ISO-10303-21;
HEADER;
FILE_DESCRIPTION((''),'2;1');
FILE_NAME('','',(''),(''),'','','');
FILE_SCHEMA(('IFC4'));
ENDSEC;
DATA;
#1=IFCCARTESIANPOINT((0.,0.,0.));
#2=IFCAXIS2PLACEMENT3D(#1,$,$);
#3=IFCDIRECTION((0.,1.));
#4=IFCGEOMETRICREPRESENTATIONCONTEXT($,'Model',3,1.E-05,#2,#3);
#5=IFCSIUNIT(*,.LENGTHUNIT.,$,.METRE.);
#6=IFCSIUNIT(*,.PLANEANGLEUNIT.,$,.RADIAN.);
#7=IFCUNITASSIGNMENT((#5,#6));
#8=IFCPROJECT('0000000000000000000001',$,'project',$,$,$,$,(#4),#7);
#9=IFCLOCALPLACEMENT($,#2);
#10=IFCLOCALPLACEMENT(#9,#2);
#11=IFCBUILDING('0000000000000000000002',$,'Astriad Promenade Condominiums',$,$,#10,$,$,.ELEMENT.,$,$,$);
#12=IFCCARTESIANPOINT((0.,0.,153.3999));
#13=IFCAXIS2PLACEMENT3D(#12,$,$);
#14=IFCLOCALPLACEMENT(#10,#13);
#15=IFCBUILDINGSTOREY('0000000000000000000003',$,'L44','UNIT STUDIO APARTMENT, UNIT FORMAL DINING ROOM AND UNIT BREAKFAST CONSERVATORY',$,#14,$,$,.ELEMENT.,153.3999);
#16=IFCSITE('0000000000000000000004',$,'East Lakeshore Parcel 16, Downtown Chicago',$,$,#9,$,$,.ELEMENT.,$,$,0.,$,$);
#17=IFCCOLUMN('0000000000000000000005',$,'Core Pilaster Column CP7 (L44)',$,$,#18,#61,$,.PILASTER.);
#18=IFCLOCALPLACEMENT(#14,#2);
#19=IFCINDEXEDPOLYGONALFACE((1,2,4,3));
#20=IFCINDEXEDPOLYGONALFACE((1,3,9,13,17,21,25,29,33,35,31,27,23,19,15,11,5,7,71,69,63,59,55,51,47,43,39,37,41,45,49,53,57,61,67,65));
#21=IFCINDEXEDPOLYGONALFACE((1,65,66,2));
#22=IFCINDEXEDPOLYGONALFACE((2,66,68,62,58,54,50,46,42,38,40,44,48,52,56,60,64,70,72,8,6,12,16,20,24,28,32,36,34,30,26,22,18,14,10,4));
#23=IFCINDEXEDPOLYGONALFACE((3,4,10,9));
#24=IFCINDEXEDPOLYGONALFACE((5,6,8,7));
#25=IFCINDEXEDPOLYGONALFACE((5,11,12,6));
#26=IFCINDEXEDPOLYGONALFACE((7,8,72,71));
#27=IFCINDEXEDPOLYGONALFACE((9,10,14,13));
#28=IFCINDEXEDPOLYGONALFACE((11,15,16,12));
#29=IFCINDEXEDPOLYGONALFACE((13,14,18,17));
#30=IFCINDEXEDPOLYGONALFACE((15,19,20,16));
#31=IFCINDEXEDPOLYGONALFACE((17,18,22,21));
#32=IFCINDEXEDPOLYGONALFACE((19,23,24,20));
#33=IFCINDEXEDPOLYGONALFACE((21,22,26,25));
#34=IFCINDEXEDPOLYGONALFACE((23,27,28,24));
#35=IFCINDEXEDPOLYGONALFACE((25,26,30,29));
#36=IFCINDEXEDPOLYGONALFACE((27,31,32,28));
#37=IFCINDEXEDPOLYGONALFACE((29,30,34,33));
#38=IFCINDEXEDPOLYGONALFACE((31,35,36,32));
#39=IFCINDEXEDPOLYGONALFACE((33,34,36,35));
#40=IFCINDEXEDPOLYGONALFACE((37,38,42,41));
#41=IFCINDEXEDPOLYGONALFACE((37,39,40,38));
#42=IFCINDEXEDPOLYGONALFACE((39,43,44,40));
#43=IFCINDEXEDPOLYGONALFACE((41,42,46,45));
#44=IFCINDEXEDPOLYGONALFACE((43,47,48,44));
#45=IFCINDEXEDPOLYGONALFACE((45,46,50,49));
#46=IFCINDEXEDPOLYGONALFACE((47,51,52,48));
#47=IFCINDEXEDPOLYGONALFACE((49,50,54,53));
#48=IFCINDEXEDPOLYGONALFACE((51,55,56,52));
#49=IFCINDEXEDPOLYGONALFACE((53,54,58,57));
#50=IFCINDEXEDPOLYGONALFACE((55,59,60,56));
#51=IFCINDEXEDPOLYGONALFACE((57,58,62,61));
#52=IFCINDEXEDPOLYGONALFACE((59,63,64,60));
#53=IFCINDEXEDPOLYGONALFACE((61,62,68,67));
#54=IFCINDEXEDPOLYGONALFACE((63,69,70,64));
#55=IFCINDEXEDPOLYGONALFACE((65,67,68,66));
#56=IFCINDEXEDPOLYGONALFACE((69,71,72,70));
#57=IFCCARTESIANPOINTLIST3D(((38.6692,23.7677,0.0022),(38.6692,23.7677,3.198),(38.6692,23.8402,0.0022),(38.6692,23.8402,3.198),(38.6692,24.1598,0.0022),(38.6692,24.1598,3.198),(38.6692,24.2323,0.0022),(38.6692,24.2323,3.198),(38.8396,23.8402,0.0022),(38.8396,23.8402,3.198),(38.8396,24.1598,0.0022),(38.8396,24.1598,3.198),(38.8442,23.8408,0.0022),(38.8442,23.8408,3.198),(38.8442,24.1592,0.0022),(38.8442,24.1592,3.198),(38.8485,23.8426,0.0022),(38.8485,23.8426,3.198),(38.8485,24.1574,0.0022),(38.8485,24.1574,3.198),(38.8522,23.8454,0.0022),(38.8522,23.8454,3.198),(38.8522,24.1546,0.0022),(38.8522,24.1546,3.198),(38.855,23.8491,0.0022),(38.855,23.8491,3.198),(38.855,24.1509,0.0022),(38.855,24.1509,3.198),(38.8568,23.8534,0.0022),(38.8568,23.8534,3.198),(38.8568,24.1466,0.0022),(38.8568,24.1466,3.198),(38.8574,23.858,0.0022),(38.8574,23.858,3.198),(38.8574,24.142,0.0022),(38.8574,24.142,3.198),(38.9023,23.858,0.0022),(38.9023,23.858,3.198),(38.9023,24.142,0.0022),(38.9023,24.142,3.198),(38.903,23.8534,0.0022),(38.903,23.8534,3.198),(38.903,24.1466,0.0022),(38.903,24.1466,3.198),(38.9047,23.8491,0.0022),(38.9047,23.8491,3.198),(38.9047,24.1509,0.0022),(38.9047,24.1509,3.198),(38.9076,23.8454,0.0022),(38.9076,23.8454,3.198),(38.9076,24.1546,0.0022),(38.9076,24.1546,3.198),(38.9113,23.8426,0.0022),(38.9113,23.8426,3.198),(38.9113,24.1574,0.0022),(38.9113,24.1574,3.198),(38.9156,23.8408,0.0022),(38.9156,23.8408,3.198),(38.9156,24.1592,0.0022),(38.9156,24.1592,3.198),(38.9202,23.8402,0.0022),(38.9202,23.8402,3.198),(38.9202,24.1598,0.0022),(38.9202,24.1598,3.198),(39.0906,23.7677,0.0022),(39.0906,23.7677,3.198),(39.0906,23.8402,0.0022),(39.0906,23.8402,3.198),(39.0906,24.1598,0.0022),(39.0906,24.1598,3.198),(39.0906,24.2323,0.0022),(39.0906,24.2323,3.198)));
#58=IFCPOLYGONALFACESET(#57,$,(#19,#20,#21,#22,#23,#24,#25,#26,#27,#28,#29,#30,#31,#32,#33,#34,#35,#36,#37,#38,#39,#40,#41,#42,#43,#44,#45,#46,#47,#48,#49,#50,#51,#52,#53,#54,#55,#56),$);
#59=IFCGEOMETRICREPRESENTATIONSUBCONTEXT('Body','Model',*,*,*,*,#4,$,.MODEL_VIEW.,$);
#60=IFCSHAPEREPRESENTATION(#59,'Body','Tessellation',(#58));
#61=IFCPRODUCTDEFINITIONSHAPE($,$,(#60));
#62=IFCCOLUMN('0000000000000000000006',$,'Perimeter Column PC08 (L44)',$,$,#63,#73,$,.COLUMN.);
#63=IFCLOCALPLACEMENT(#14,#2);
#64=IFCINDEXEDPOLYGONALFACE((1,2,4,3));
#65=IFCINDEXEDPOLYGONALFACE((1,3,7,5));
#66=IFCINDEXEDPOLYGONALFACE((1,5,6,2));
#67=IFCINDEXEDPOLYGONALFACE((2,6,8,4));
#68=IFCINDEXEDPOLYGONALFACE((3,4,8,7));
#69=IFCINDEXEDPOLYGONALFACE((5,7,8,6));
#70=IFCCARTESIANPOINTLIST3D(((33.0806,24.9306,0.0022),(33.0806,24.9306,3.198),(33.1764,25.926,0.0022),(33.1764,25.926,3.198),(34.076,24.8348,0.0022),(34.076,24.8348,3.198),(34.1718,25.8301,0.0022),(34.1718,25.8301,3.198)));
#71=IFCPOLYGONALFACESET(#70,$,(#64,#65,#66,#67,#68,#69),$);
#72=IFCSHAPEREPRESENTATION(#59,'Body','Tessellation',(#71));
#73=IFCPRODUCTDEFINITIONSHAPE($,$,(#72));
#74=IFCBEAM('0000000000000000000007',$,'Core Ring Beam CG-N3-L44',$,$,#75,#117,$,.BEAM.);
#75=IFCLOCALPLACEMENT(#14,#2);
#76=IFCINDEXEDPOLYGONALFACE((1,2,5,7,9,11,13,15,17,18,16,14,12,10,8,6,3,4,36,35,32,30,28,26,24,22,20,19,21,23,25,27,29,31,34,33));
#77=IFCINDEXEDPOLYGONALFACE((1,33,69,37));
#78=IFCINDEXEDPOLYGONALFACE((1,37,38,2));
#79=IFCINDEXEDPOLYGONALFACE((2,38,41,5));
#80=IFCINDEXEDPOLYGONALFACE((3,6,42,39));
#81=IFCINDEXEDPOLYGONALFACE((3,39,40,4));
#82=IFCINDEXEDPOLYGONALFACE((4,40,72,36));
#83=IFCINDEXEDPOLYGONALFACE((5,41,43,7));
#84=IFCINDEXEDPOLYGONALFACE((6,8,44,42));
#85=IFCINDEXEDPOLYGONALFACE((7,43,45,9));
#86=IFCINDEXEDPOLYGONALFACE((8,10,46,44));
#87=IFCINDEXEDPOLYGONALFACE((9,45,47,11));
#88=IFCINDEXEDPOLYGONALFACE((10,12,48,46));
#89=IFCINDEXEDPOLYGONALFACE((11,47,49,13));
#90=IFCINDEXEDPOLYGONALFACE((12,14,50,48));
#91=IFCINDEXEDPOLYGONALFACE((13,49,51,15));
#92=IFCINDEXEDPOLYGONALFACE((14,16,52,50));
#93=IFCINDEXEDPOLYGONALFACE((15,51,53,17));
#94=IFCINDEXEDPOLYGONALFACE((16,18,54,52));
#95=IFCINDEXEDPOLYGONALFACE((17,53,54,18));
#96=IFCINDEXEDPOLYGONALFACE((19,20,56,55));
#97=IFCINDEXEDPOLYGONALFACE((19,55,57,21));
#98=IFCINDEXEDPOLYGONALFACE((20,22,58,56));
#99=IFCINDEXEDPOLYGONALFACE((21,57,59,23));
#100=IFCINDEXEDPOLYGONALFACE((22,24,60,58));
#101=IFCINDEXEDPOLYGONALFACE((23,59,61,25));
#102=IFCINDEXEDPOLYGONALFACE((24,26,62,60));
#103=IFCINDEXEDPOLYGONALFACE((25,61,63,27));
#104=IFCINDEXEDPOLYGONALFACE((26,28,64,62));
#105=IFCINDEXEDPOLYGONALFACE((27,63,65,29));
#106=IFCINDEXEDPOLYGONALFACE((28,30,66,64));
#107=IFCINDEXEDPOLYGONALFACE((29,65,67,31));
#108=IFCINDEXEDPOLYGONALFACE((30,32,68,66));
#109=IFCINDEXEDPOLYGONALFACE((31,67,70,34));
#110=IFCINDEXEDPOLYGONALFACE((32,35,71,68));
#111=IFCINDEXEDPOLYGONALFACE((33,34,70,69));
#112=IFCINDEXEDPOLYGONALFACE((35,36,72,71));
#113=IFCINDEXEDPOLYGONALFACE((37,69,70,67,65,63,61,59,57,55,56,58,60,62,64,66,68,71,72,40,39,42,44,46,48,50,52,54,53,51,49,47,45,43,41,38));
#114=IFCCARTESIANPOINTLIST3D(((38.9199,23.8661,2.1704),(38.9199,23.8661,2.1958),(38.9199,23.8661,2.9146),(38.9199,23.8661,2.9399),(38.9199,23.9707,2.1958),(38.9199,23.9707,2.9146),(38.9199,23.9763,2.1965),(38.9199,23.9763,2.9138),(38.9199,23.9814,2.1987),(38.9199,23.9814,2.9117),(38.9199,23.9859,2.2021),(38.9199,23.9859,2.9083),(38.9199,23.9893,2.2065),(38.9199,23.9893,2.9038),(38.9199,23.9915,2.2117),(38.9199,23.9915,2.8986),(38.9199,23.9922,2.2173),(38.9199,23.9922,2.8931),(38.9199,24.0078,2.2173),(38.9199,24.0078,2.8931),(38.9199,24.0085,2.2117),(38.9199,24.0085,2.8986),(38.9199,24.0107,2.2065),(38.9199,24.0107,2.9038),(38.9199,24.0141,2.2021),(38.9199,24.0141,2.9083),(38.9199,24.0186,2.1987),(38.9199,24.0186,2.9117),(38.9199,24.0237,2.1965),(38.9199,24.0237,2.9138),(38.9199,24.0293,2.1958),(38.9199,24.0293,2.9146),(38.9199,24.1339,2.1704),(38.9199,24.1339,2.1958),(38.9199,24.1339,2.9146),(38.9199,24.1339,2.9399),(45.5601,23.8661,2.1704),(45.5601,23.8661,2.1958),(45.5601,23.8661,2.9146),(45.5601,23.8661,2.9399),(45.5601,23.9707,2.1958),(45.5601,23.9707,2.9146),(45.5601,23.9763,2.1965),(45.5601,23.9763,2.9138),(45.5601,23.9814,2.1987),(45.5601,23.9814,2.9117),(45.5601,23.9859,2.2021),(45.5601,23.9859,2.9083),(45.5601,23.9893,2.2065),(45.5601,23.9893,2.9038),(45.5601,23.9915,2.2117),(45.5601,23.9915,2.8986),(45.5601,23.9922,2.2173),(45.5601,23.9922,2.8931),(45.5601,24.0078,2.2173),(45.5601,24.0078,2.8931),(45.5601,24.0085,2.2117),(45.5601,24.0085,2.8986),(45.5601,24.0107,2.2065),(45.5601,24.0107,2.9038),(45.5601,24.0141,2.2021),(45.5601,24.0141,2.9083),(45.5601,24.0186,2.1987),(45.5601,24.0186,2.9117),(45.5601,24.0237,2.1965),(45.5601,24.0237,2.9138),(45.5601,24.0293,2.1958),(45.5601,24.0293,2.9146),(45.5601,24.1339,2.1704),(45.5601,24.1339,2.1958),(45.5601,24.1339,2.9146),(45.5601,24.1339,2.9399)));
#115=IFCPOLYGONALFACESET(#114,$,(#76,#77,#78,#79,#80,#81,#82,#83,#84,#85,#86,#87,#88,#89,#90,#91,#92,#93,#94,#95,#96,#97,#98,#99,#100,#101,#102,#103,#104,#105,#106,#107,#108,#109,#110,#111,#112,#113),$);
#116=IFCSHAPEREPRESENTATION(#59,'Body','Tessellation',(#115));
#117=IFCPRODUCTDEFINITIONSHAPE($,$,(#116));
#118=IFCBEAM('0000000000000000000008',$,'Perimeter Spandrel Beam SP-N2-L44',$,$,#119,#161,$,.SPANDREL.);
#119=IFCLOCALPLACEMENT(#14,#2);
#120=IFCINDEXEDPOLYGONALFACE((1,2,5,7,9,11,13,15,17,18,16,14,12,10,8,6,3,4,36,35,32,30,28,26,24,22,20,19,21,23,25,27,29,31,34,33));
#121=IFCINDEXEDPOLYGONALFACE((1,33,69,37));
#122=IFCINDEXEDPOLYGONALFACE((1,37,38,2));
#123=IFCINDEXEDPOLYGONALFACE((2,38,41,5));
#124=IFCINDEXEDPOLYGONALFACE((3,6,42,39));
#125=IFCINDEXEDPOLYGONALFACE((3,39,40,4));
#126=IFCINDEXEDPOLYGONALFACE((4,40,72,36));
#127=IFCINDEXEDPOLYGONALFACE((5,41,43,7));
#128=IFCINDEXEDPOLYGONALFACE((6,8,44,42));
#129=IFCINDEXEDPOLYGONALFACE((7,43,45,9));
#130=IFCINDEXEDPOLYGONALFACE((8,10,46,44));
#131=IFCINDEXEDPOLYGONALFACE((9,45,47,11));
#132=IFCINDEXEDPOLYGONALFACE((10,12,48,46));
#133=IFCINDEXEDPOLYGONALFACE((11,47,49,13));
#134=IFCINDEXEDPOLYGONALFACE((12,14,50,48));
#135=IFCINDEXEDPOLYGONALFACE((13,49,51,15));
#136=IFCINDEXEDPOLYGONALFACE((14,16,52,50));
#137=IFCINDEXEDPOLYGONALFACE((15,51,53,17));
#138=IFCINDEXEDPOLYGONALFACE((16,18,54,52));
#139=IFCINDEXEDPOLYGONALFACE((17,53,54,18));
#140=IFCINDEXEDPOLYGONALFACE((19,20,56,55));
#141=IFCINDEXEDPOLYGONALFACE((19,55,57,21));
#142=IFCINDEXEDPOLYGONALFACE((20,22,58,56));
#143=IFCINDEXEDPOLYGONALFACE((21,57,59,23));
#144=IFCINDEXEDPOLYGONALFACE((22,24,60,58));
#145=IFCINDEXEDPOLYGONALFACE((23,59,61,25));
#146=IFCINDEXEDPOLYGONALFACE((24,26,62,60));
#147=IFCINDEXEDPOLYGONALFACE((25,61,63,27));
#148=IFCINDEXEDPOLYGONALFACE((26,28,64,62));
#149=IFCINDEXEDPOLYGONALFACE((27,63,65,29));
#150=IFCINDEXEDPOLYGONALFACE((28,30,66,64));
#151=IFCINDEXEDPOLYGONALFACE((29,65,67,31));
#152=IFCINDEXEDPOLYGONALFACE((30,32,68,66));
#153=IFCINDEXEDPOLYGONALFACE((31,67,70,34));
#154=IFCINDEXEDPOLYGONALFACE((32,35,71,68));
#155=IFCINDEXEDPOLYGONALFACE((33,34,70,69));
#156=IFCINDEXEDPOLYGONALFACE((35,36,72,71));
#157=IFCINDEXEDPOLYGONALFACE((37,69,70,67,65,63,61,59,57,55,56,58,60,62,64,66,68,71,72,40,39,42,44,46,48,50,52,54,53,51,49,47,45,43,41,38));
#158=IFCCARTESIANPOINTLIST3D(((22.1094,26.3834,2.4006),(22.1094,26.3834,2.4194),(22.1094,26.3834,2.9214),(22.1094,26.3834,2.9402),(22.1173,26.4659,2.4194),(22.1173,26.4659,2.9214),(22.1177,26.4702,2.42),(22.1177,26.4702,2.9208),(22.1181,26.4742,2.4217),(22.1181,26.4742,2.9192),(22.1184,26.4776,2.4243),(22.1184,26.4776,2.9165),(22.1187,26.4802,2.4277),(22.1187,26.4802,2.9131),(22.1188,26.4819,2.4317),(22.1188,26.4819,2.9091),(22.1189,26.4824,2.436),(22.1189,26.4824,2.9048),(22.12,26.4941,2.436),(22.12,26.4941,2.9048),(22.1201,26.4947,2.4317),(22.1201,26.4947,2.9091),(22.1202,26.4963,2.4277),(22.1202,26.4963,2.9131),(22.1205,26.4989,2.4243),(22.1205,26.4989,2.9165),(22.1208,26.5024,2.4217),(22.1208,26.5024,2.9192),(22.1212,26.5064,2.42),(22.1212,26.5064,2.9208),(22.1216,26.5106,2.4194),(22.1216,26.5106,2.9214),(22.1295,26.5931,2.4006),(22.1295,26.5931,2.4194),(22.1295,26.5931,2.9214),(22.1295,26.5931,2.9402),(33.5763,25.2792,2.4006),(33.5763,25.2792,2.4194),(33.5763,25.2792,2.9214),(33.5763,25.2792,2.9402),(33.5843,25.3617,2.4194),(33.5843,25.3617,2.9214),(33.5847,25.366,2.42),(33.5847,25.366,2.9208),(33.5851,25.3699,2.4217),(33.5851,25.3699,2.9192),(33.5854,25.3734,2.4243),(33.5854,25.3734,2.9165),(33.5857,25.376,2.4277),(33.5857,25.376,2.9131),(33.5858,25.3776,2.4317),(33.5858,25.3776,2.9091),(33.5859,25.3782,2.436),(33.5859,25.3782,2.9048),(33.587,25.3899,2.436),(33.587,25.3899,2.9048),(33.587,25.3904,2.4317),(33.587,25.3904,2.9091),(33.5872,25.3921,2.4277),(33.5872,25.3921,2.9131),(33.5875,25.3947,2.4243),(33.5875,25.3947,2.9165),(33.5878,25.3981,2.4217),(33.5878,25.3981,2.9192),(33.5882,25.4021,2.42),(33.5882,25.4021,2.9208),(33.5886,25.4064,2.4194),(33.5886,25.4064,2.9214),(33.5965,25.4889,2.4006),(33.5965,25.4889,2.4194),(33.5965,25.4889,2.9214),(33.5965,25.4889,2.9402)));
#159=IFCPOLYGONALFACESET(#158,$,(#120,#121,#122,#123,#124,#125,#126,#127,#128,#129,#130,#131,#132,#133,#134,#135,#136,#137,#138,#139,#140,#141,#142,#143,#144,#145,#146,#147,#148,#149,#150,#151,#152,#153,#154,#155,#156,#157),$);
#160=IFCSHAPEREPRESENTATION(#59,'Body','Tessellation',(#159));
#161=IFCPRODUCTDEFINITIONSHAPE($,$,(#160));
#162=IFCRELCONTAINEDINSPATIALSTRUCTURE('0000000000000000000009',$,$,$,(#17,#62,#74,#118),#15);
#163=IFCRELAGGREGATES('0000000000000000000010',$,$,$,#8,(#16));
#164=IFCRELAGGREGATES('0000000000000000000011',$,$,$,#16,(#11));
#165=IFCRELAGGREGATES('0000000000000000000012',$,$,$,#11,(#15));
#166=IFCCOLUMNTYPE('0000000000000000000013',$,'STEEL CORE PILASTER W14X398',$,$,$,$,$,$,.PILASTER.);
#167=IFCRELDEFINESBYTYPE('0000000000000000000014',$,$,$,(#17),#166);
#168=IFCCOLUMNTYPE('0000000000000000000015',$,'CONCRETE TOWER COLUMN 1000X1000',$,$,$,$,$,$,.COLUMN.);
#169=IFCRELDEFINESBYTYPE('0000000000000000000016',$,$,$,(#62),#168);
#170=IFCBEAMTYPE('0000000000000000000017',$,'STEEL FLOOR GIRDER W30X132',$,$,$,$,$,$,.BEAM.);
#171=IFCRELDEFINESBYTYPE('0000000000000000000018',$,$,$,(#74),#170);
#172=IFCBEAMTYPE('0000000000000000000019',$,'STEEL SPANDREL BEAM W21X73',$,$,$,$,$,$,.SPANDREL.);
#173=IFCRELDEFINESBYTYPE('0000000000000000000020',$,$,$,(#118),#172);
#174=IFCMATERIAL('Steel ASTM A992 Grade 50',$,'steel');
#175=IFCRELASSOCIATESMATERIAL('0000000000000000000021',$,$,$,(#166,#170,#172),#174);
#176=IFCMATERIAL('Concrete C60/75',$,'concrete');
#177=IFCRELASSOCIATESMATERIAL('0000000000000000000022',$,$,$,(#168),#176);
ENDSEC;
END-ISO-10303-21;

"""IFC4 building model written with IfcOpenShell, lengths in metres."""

from ifc_helpers import new_model, si_unit, direction, frame, origin, origin_2d, place, context, subcontext, project, spatial, rectangle, i_section, extrude, source, transform, mapped, material, material_profile, profile_set, type_object, type_shapes, element, save


model = new_model("IFC4")

# Units and contexts
model_context = context("Model", 3, precision=1e-05, world=origin(), true_north=direction((0.0, 1.0)))
body_context = subcontext(model_context, "Body", "Model", "MODEL_VIEW")
ifc_project = project(units=[si_unit("LENGTHUNIT", "METRE"), si_unit("PLANEANGLEUNIT", "RADIAN")], contexts=[model_context])

# Site, building, storey
site_placement = place(None, origin())
site = spatial("IfcSite", under=ifc_project, at=site_placement, Name="East Lakeshore Parcel 16, Downtown Chicago", CompositionType="ELEMENT", RefElevation=0.0)
building_placement = place(site_placement, origin())
building = spatial("IfcBuilding", under=site, at=building_placement, Name="Astriad Promenade Condominiums", CompositionType="ELEMENT")
storey_placement = place(building_placement, frame((0.0, 0.0, 153.3999)))
storey = spatial("IfcBuildingStorey", under=building, at=storey_placement, Name="L44", Description="UNIT STUDIO APARTMENT, UNIT FORMAL DINING ROOM AND UNIT BREAKFAST CONSERVATORY", CompositionType="ELEMENT", Elevation=153.3999)

# Columns
ifc_material_1 = material(Name="Steel ASTM A992 Grade 50", Category="steel")
ifc_material_profile_1 = material_profile(ifc_material_1, i_section(OverallWidth=0.4214, OverallDepth=0.4646, WebThickness=0.0449, FlangeThickness=0.0725, FilletRadius=0.0178, at=origin_2d()), Name="W14X398")
ifc_profile_set_1 = profile_set([ifc_material_profile_1], Name="Steel ASTM A992 Grade 50")
column_type_1 = type_object("IfcColumnType", Name="STEEL CORE PILASTER W14X398", PredefinedType="PILASTER", material=ifc_profile_set_1)
shared_shape_1 = source(origin(), body_context, "Body", "SweptSolid", [
    extrude(i_section(OverallWidth=0.4214, OverallDepth=0.4646, WebThickness=0.0449, FlangeThickness=0.0725, FilletRadius=0.0178, at=origin_2d()), origin(), (0.0, 0.0, 1.0), 3.1958),
])
type_shapes(column_type_1, [shared_shape_1])
column_1_placement = place(storey_placement, frame((38.8799, 24.0, 0.0022), z_axis=(0.0, 0.0, 1.0), x_axis=(1.0, 0.0, 0.0)))
element("IfcColumn", 1, at=column_1_placement, inside=storey, type_object=column_type_1, Name="Core Pilaster Column CP7 (L44)", PredefinedType="PILASTER", context=body_context, shape_type="MappedRepresentation", body=[
    mapped(shared_shape_1, transform((0.0, 0.0, 0.0), scale=1.0)),
])
ifc_material_2 = material(Name="Concrete C60/75", Category="concrete")
ifc_material_profile_2 = material_profile(ifc_material_2, rectangle(XDim=1.0, YDim=1.0, at=origin_2d()), Name="RC-COL-1000X1000")
ifc_profile_set_2 = profile_set([ifc_material_profile_2], Name="Concrete C60/75")
column_type_2 = type_object("IfcColumnType", Name="CONCRETE TOWER COLUMN 1000X1000", PredefinedType="COLUMN", material=ifc_profile_set_2)
shared_shape_2 = source(origin(), body_context, "Body", "SweptSolid", [
    extrude(rectangle(XDim=1.0, YDim=1.0, at=origin_2d()), origin(), (0.0, 0.0, 1.0), 3.1958),
])
type_shapes(column_type_2, [shared_shape_2])
column_2_placement = place(storey_placement, frame((33.6262, 25.3804, 0.0022), z_axis=(0.0, 0.0, 1.0), x_axis=(0.995396, -0.095846, 0.0)))
element("IfcColumn", 2, at=column_2_placement, inside=storey, type_object=column_type_2, Name="Perimeter Column PC08 (L44)", PredefinedType="COLUMN", context=body_context, shape_type="MappedRepresentation", body=[
    mapped(shared_shape_2, transform((0.0, 0.0, 0.0), scale=1.0)),
])

# Beams
ifc_material_profile_3 = material_profile(ifc_material_1, i_section(OverallWidth=0.2678, OverallDepth=0.7695, WebThickness=0.0156, FlangeThickness=0.0254, FilletRadius=0.0215, at=origin_2d()), Name="W30X132")
ifc_profile_set_3 = profile_set([ifc_material_profile_3], Name="Steel ASTM A992 Grade 50")
beam_type_1 = type_object("IfcBeamType", Name="STEEL FLOOR GIRDER W30X132", PredefinedType="BEAM", material=ifc_profile_set_3)
shared_shape_3 = source(origin(), body_context, "Body", "SweptSolid", [
    extrude(i_section(OverallWidth=0.2678, OverallDepth=0.7695, WebThickness=0.0156, FlangeThickness=0.0254, FilletRadius=0.0215, at=origin_2d()), origin(), (0.0, 0.0, 1.0), 6.6401),
])
type_shapes(beam_type_1, [shared_shape_3])
beam_1_placement = place(storey_placement, frame((38.9199, 24.0, 2.5552), z_axis=(1.0, 0.0, 0.0), x_axis=(0.0, 1.0, 0.0)))
element("IfcBeam", 3, at=beam_1_placement, inside=storey, type_object=beam_type_1, Name="Core Ring Beam CG-N3-L44", PredefinedType="BEAM", context=body_context, shape_type="MappedRepresentation", body=[
    mapped(shared_shape_3, transform((0.0, 0.0, 0.0), scale=1.0)),
])
ifc_material_profile_4 = material_profile(ifc_material_1, i_section(OverallWidth=0.2107, OverallDepth=0.5396, WebThickness=0.0117, FlangeThickness=0.0188, FilletRadius=0.0166, at=origin_2d()), Name="W21X73")
ifc_profile_set_4 = profile_set([ifc_material_profile_4], Name="Steel ASTM A992 Grade 50")
beam_type_2 = type_object("IfcBeamType", Name="STEEL SPANDREL BEAM W21X73", PredefinedType="SPANDREL", material=ifc_profile_set_4)
shared_shape_4 = source(origin(), body_context, "Body", "SweptSolid", [
    extrude(i_section(OverallWidth=0.2107, OverallDepth=0.5396, WebThickness=0.0117, FlangeThickness=0.0188, FilletRadius=0.0166, at=origin_2d()), origin(), (0.0, 0.0, 1.0), 11.52),
])
type_shapes(beam_type_2, [shared_shape_4])
beam_2_placement = place(storey_placement, frame((33.5864, 25.384, 2.6704), z_axis=(-0.995395, 0.095854, 0.0), x_axis=(-0.095854, -0.995395, 0.0)))
element("IfcBeam", 4, at=beam_2_placement, inside=storey, type_object=beam_type_2, Name="Perimeter Spandrel Beam SP-N2-L44", PredefinedType="SPANDREL", context=body_context, shape_type="MappedRepresentation", body=[
    mapped(shared_shape_4, transform((0.0, 0.0, 0.0), scale=1.0)),
])

save(model, "model.ifc")
